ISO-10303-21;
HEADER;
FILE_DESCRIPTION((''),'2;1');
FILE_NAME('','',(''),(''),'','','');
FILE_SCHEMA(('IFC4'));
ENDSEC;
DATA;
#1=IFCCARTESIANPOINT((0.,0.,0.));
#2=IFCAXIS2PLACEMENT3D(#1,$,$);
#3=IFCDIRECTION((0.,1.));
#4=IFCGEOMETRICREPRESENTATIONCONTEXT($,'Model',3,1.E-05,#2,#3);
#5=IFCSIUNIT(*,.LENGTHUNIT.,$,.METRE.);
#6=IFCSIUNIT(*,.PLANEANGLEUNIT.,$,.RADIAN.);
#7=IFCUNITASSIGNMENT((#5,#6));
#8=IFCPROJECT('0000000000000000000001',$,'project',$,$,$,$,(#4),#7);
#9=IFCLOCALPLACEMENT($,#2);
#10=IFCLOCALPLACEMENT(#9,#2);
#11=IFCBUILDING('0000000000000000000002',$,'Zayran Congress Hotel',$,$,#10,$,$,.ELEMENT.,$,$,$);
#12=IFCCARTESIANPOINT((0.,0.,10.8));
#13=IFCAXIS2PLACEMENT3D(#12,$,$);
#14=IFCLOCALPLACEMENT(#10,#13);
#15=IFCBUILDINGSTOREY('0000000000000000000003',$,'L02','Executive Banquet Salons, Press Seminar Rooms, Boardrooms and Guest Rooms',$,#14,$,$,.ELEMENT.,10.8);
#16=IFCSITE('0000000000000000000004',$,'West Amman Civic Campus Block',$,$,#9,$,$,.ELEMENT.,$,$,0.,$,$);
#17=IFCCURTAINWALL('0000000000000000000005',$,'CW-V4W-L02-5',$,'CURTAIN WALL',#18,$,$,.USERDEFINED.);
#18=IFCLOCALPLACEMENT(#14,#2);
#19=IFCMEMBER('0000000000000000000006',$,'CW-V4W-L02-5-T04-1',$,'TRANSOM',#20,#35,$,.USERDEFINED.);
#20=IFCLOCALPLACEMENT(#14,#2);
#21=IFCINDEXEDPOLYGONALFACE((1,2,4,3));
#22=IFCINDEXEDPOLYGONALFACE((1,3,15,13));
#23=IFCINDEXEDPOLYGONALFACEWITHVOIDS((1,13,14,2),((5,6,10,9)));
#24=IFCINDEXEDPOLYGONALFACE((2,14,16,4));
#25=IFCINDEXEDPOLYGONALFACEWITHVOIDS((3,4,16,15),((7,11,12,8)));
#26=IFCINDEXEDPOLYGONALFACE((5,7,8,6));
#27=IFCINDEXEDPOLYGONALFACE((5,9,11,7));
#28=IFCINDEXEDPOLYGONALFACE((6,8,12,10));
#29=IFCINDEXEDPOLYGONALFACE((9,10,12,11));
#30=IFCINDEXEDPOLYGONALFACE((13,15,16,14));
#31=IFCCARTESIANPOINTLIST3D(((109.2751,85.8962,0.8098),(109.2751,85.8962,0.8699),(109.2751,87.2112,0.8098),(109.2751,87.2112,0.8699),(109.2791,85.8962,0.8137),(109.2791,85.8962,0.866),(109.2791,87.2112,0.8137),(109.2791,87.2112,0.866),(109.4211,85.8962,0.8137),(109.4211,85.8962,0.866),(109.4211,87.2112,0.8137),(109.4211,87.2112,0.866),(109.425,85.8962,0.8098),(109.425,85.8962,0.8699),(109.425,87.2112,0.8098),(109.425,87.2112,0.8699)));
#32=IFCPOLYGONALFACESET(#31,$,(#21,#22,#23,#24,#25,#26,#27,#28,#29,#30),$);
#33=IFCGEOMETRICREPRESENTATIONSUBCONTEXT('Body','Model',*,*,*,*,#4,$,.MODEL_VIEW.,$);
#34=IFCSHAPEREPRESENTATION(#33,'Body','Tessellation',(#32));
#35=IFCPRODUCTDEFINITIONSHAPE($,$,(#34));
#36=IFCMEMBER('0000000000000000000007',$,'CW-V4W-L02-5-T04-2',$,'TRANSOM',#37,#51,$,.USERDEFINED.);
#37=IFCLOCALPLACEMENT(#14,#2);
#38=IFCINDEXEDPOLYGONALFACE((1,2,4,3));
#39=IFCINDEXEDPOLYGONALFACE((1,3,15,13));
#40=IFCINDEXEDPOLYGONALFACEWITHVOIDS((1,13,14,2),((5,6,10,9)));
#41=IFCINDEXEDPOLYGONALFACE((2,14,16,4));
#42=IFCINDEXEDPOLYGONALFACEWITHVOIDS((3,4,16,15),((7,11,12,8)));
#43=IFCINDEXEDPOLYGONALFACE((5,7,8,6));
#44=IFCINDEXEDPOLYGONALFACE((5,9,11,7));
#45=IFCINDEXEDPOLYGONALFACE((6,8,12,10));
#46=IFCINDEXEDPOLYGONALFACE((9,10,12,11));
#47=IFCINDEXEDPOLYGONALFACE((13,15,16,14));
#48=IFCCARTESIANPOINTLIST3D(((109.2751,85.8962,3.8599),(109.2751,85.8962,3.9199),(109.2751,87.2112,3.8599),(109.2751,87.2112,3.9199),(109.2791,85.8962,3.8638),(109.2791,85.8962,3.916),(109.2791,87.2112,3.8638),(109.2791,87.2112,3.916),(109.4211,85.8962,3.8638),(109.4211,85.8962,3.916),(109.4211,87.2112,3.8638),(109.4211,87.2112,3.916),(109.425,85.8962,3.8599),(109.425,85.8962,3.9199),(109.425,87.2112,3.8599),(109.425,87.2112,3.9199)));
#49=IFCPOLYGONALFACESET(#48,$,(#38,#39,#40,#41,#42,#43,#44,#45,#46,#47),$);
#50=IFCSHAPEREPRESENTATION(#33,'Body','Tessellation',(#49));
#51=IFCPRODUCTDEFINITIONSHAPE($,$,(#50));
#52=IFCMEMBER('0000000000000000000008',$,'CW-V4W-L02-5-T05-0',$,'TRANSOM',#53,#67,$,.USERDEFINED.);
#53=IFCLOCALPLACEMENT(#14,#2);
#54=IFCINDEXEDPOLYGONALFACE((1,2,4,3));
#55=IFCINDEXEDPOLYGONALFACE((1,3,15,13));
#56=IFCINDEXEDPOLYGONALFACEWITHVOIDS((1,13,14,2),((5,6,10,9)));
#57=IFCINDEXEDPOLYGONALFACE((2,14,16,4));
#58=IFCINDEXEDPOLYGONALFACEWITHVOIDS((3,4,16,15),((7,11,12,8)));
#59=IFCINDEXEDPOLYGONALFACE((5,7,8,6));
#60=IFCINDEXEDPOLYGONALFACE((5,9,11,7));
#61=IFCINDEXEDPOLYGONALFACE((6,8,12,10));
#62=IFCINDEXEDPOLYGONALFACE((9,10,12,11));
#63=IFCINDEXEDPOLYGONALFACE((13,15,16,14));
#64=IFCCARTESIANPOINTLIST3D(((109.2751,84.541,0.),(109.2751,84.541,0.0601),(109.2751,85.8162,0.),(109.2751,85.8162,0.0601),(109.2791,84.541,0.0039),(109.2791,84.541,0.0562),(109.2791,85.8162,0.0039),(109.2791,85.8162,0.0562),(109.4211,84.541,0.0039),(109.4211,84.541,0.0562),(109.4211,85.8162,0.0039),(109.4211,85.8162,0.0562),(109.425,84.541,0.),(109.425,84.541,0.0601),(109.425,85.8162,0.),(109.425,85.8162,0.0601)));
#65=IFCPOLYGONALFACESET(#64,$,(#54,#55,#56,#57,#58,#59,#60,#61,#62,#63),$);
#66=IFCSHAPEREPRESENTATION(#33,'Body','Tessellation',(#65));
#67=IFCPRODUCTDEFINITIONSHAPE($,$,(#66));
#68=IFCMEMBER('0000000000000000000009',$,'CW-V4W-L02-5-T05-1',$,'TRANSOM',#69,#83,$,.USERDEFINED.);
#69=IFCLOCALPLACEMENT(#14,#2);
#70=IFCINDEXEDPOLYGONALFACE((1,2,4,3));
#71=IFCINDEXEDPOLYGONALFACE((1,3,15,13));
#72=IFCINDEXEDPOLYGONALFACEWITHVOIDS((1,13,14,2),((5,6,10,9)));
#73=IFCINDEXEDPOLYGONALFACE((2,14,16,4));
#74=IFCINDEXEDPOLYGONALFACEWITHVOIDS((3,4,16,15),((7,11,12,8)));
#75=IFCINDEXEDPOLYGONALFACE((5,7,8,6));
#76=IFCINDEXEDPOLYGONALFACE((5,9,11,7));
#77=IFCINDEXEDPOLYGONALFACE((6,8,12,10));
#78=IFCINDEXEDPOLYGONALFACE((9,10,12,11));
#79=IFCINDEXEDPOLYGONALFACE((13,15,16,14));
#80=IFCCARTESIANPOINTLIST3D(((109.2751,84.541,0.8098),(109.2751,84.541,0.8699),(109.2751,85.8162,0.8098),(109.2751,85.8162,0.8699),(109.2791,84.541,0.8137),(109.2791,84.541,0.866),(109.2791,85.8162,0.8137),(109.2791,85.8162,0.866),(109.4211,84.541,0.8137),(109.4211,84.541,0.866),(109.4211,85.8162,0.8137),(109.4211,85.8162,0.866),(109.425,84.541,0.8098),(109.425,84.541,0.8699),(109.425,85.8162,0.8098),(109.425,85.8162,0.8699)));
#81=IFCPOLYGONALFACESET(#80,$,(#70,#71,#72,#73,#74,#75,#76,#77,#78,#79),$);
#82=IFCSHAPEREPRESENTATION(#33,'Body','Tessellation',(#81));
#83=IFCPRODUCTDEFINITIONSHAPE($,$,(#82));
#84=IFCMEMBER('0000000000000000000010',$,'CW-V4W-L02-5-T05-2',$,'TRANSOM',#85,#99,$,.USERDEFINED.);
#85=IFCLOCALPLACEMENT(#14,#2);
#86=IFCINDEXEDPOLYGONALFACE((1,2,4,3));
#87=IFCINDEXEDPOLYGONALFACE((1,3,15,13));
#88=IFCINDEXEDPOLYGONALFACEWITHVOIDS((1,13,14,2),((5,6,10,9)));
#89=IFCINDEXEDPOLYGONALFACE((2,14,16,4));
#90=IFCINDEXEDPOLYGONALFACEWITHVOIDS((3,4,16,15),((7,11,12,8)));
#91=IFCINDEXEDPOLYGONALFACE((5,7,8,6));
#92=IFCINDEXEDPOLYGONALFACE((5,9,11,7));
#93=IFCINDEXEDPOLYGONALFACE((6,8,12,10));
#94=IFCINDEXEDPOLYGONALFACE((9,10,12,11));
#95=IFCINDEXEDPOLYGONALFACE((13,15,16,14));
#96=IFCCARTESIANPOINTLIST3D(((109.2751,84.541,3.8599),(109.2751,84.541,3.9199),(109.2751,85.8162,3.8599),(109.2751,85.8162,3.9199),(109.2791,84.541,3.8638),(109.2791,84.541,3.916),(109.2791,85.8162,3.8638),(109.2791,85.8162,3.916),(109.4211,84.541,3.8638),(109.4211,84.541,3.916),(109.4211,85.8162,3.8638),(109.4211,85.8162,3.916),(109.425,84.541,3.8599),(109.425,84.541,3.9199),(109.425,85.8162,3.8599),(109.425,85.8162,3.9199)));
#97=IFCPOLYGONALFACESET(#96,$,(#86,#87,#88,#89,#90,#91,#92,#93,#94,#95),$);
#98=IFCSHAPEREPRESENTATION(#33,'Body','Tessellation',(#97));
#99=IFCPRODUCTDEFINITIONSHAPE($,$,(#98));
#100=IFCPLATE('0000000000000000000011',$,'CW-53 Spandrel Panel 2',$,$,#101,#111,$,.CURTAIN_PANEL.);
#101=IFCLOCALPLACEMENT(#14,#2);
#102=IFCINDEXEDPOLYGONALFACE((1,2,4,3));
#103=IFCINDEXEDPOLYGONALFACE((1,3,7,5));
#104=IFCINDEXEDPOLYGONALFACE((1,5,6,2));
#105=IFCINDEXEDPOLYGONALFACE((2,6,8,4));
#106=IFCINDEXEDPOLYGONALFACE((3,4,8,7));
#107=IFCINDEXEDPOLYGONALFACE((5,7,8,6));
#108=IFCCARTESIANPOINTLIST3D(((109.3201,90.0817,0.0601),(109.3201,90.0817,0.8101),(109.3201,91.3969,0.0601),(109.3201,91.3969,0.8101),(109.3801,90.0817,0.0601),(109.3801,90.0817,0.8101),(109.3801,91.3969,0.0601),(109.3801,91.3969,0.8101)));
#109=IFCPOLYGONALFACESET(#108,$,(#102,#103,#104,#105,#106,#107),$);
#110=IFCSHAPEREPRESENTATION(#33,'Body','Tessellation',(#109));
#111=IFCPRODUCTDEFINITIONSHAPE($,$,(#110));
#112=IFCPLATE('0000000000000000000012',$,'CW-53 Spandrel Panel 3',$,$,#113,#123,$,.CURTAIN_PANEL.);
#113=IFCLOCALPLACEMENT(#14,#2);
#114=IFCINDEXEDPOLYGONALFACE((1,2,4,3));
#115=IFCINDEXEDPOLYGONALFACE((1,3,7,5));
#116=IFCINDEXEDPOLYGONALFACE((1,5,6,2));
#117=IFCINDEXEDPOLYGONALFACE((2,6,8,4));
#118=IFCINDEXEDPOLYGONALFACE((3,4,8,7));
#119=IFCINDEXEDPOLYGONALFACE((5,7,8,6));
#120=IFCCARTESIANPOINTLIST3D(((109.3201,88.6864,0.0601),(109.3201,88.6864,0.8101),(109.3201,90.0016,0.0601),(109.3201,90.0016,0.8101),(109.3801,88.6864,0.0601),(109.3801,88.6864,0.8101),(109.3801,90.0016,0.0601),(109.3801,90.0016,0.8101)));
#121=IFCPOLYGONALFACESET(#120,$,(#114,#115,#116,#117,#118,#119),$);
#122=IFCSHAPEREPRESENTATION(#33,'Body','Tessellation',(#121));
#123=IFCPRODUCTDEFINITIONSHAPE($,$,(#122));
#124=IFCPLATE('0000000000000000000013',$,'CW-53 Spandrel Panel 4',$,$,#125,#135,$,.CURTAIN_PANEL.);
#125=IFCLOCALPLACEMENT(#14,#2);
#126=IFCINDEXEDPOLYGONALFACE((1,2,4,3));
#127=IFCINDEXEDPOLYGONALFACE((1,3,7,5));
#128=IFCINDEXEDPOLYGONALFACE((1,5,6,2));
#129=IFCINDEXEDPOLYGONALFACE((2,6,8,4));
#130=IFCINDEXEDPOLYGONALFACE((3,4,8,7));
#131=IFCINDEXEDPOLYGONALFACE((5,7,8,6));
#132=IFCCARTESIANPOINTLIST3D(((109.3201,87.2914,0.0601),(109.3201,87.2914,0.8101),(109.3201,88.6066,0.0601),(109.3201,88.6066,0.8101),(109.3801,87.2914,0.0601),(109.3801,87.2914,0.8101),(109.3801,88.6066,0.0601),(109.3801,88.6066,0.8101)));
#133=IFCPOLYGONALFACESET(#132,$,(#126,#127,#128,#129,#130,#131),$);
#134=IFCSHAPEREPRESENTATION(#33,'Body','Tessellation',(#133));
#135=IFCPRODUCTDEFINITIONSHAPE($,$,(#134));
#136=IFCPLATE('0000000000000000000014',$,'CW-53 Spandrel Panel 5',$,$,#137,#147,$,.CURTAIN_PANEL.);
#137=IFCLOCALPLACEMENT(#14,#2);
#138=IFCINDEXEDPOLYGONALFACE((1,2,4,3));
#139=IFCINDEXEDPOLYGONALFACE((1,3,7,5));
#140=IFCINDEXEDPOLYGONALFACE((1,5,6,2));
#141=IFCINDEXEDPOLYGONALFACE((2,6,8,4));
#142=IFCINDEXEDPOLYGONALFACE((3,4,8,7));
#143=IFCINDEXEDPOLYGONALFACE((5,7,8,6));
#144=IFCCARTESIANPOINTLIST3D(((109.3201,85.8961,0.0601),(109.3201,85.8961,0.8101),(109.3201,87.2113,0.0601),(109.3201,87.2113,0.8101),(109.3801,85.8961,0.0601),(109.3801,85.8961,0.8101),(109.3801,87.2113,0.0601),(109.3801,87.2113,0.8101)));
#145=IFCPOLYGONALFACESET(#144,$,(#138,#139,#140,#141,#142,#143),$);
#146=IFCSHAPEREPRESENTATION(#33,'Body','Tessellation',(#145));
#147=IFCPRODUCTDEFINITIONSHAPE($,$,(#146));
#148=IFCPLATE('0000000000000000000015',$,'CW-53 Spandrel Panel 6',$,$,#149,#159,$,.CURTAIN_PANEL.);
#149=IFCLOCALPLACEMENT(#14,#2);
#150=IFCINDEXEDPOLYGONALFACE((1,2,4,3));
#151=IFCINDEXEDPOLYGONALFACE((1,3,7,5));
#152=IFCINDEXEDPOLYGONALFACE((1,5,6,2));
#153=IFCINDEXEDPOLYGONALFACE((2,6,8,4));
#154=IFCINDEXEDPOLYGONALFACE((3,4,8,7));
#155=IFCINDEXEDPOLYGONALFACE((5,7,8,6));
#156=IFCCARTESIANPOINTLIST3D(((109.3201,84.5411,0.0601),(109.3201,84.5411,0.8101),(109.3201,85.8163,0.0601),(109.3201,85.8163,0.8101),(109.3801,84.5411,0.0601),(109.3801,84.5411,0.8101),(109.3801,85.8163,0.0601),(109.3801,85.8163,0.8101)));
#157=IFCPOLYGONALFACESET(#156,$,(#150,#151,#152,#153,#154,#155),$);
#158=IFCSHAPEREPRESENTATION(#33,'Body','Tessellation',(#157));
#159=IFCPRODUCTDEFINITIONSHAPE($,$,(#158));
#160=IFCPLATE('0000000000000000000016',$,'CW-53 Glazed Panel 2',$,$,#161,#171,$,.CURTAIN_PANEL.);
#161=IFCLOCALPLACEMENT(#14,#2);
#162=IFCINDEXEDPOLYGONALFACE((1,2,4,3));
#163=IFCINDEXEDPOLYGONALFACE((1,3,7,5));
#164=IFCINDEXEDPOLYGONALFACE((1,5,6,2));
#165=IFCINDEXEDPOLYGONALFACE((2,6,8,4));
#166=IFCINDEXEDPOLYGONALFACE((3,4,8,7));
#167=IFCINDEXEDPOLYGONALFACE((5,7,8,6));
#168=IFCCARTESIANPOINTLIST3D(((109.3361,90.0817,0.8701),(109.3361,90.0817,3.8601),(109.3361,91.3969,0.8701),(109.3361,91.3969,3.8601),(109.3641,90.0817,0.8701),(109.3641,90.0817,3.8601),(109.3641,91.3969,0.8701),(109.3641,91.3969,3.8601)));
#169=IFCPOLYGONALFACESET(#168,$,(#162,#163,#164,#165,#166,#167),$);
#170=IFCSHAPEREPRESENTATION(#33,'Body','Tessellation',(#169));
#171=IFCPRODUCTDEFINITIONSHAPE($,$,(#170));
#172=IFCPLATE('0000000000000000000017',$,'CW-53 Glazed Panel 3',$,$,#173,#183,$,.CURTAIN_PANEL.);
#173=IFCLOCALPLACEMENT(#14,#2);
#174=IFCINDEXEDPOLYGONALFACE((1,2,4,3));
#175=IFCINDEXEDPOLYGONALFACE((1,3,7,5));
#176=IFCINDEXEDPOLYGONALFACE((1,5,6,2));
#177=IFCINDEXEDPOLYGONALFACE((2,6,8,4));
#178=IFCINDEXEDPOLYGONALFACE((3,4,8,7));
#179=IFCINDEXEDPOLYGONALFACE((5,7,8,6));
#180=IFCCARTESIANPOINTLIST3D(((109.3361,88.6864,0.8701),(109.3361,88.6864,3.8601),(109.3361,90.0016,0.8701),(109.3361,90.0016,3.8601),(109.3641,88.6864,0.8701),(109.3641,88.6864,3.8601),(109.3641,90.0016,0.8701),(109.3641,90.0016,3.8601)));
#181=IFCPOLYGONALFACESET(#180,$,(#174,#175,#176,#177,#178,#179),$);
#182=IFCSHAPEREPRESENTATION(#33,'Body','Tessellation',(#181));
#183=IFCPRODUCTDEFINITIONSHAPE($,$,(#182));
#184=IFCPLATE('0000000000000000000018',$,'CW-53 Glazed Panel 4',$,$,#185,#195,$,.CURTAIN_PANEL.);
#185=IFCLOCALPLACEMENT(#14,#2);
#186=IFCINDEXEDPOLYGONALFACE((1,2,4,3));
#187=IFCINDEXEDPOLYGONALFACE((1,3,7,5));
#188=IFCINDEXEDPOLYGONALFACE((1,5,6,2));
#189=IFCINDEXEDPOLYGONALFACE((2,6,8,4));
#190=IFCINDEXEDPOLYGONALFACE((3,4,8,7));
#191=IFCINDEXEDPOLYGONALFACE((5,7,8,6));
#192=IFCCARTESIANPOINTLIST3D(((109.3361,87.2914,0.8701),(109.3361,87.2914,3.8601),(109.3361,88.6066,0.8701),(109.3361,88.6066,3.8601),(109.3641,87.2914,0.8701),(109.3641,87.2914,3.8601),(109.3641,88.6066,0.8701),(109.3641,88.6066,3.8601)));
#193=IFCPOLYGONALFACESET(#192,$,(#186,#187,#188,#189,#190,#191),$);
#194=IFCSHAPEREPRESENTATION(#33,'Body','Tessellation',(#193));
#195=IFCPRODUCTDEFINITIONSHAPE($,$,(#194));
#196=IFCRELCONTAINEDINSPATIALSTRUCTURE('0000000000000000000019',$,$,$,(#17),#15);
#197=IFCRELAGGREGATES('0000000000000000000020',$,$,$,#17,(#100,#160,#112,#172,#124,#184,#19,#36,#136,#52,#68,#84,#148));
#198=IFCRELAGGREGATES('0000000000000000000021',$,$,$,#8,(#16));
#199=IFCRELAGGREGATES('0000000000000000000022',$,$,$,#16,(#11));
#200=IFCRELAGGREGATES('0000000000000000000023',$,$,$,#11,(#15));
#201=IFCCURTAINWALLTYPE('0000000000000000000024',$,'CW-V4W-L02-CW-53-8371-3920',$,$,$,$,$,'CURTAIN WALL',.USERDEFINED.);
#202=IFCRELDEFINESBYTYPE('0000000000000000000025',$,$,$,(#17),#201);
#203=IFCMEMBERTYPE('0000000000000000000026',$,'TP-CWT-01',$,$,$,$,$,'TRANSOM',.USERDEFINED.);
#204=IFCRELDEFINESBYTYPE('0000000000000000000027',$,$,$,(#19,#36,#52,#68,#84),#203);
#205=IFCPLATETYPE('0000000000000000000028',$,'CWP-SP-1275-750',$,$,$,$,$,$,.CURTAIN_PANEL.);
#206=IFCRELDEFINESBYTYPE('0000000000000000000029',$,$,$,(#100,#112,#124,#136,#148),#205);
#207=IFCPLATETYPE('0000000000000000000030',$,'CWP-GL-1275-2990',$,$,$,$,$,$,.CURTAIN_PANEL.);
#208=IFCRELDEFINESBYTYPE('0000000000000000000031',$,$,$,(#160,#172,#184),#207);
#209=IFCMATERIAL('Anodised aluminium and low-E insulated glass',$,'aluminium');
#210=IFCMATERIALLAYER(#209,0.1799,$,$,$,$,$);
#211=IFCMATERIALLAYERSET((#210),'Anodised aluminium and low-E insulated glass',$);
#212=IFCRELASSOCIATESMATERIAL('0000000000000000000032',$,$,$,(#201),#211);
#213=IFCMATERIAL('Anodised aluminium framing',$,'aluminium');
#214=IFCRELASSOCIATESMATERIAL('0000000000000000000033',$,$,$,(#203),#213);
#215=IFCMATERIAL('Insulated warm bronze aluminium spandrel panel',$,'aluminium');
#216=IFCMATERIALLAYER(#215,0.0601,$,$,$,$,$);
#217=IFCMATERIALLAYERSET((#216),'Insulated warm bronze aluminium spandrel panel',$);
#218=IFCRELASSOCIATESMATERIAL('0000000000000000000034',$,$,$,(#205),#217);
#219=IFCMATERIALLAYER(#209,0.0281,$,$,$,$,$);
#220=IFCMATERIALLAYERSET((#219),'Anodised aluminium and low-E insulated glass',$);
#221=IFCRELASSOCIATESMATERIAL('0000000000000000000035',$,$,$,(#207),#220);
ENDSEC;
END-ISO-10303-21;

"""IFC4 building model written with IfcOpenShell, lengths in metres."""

from ifc_helpers import new_model, si_unit, direction, frame, origin, origin_2d, place, context, subcontext, project, spatial, rectangle, hollow_rectangle, extrude, material, layer, layer_set, material_profile, profile_set, type_object, element, aggregate, save


model = new_model("IFC4")

# Units and contexts
model_context = context("Model", 3, precision=1e-05, world=origin(), true_north=direction((0.0, 1.0)))
body_context = subcontext(model_context, "Body", "Model", "MODEL_VIEW")
ifc_project = project(units=[si_unit("LENGTHUNIT", "METRE"), si_unit("PLANEANGLEUNIT", "RADIAN")], contexts=[model_context])

# Site, building, storey
site_placement = place(None, origin())
site = spatial("IfcSite", under=ifc_project, at=site_placement, Name="West Amman Civic Campus Block", CompositionType="ELEMENT", RefElevation=0.0)
building_placement = place(site_placement, origin())
building = spatial("IfcBuilding", under=site, at=building_placement, Name="Zayran Congress Hotel", CompositionType="ELEMENT")
storey_placement = place(building_placement, frame((0.0, 0.0, 10.8)))
storey = spatial("IfcBuildingStorey", under=building, at=storey_placement, Name="L02", Description="Executive Banquet Salons, Press Seminar Rooms, Boardrooms and Guest Rooms", CompositionType="ELEMENT", Elevation=10.8)

# Curtain wall, members, plates
ifc_material_1 = material(Name="Anodised aluminium and low-E insulated glass", Category="aluminium")
ifc_layer_1 = layer(ifc_material_1, 0.1799)
ifc_layer_set_1 = layer_set([ifc_layer_1], Name="Anodised aluminium and low-E insulated glass")
curtain_wall_type = type_object("IfcCurtainWallType", Name="CW-V4W-L02-CW-53-8371-3920", ElementType="CURTAIN WALL", PredefinedType="USERDEFINED", material=ifc_layer_set_1)
curtain_wall_placement = place(storey_placement, origin())
curtain_wall = element("IfcCurtainWall", 1, at=curtain_wall_placement, inside=storey, type_object=curtain_wall_type, Name="CW-V4W-L02-5", ObjectType="CURTAIN WALL", PredefinedType="USERDEFINED")
ifc_material_2 = material(Name="Anodised aluminium framing", Category="aluminium")
ifc_material_profile_1 = material_profile(ifc_material_2, hollow_rectangle(XDim=0.0601, YDim=0.1499, WallThickness=0.0039, at=origin_2d()), Name="RHS 150x60x4")
ifc_profile_set_1 = profile_set([ifc_material_profile_1], Name="Anodised aluminium framing")
member_type_1 = type_object("IfcMemberType", Name="TP-CWT-01", ElementType="TRANSOM", PredefinedType="USERDEFINED", material=ifc_profile_set_1)
member_1_placement = place(storey_placement, frame((109.3501, 87.2112, 0.8398), z_axis=(0.0, -1.0, 0.0), x_axis=(0.0, 0.0, 1.0)))
member_1 = element("IfcMember", 2, at=member_1_placement, type_object=member_type_1, Name="CW-V4W-L02-5-T04-1", ObjectType="TRANSOM", PredefinedType="USERDEFINED", context=body_context, shape_type="SweptSolid", body=[
    extrude(hollow_rectangle(XDim=0.0601, YDim=0.1499, WallThickness=0.0039, at=origin_2d()), origin(), (0.0, 0.0, 1.0), 1.3149),
])
member_2_placement = place(storey_placement, frame((109.3501, 87.2112, 3.8899), z_axis=(0.0, -1.0, 0.0), x_axis=(0.0, 0.0, 1.0)))
member_2 = element("IfcMember", 3, at=member_2_placement, type_object=member_type_1, Name="CW-V4W-L02-5-T04-2", ObjectType="TRANSOM", PredefinedType="USERDEFINED", context=body_context, shape_type="SweptSolid", body=[
    extrude(hollow_rectangle(XDim=0.0601, YDim=0.1499, WallThickness=0.0039, at=origin_2d()), origin(), (0.0, 0.0, 1.0), 1.3149),
])
member_3_placement = place(storey_placement, frame((109.3501, 85.8162, 0.03), z_axis=(0.0, -1.0, 0.0), x_axis=(0.0, 0.0, 1.0)))
member_3 = element("IfcMember", 4, at=member_3_placement, type_object=member_type_1, Name="CW-V4W-L02-5-T05-0", ObjectType="TRANSOM", PredefinedType="USERDEFINED", context=body_context, shape_type="SweptSolid", body=[
    extrude(hollow_rectangle(XDim=0.0601, YDim=0.1499, WallThickness=0.0039, at=origin_2d()), origin(), (0.0, 0.0, 1.0), 1.2751),
])
member_4_placement = place(storey_placement, frame((109.3501, 85.8162, 0.8398), z_axis=(0.0, -1.0, 0.0), x_axis=(0.0, 0.0, 1.0)))
member_4 = element("IfcMember", 5, at=member_4_placement, type_object=member_type_1, Name="CW-V4W-L02-5-T05-1", ObjectType="TRANSOM", PredefinedType="USERDEFINED", context=body_context, shape_type="SweptSolid", body=[
    extrude(hollow_rectangle(XDim=0.0601, YDim=0.1499, WallThickness=0.0039, at=origin_2d()), origin(), (0.0, 0.0, 1.0), 1.2751),
])
member_5_placement = place(storey_placement, frame((109.3501, 85.8162, 3.8899), z_axis=(0.0, -1.0, 0.0), x_axis=(0.0, 0.0, 1.0)))
member_5 = element("IfcMember", 6, at=member_5_placement, type_object=member_type_1, Name="CW-V4W-L02-5-T05-2", ObjectType="TRANSOM", PredefinedType="USERDEFINED", context=body_context, shape_type="SweptSolid", body=[
    extrude(hollow_rectangle(XDim=0.0601, YDim=0.1499, WallThickness=0.0039, at=origin_2d()), origin(), (0.0, 0.0, 1.0), 1.2751),
])
ifc_material_3 = material(Name="Insulated warm bronze aluminium spandrel panel", Category="aluminium")
ifc_layer_2 = layer(ifc_material_3, 0.0601)
ifc_layer_set_2 = layer_set([ifc_layer_2], Name="Insulated warm bronze aluminium spandrel panel")
plate_type_1 = type_object("IfcPlateType", Name="CWP-SP-1275-750", PredefinedType="CURTAIN_PANEL", material=ifc_layer_set_2)
plate_1_placement = place(storey_placement, frame((109.3501, 90.7393, 0.0601), z_axis=(0.0, 0.0, 1.0), x_axis=(0.0, 1.0, 0.0)))
plate_1 = element("IfcPlate", 7, at=plate_1_placement, type_object=plate_type_1, Name="CW-53 Spandrel Panel 2", PredefinedType="CURTAIN_PANEL", context=body_context, shape_type="SweptSolid", body=[
    extrude(rectangle(XDim=1.3152, YDim=0.0601, at=origin_2d()), origin(), (0.0, 0.0, 1.0), 0.75),
])
plate_2_placement = place(storey_placement, frame((109.3501, 89.344, 0.0601), z_axis=(0.0, 0.0, 1.0), x_axis=(0.0, 1.0, 0.0)))
plate_2 = element("IfcPlate", 8, at=plate_2_placement, type_object=plate_type_1, Name="CW-53 Spandrel Panel 3", PredefinedType="CURTAIN_PANEL", context=body_context, shape_type="SweptSolid", body=[
    extrude(rectangle(XDim=1.3152, YDim=0.0601, at=origin_2d()), origin(), (0.0, 0.0, 1.0), 0.75),
])
plate_3_placement = place(storey_placement, frame((109.3501, 87.949, 0.0601), z_axis=(0.0, 0.0, 1.0), x_axis=(0.0, 1.0, 0.0)))
plate_3 = element("IfcPlate", 9, at=plate_3_placement, type_object=plate_type_1, Name="CW-53 Spandrel Panel 4", PredefinedType="CURTAIN_PANEL", context=body_context, shape_type="SweptSolid", body=[
    extrude(rectangle(XDim=1.3152, YDim=0.0601, at=origin_2d()), origin(), (0.0, 0.0, 1.0), 0.75),
])
plate_4_placement = place(storey_placement, frame((109.3501, 86.5537, 0.0601), z_axis=(0.0, 0.0, 1.0), x_axis=(0.0, 1.0, 0.0)))
plate_4 = element("IfcPlate", 10, at=plate_4_placement, type_object=plate_type_1, Name="CW-53 Spandrel Panel 5", PredefinedType="CURTAIN_PANEL", context=body_context, shape_type="SweptSolid", body=[
    extrude(rectangle(XDim=1.3152, YDim=0.0601, at=origin_2d()), origin(), (0.0, 0.0, 1.0), 0.75),
])
plate_5_placement = place(storey_placement, frame((109.3501, 85.1787, 0.0601), z_axis=(0.0, 0.0, 1.0), x_axis=(0.0, 1.0, 0.0)))
plate_5 = element("IfcPlate", 11, at=plate_5_placement, type_object=plate_type_1, Name="CW-53 Spandrel Panel 6", PredefinedType="CURTAIN_PANEL", context=body_context, shape_type="SweptSolid", body=[
    extrude(rectangle(XDim=1.2751, YDim=0.0601, at=origin_2d()), origin(), (0.0, 0.0, 1.0), 0.75),
])
ifc_layer_3 = layer(ifc_material_1, 0.0281)
ifc_layer_set_3 = layer_set([ifc_layer_3], Name="Anodised aluminium and low-E insulated glass")
plate_type_2 = type_object("IfcPlateType", Name="CWP-GL-1275-2990", PredefinedType="CURTAIN_PANEL", material=ifc_layer_set_3)
plate_6_placement = place(storey_placement, frame((109.3501, 90.7393, 0.8701), z_axis=(0.0, 0.0, 1.0), x_axis=(0.0, 1.0, 0.0)))
plate_6 = element("IfcPlate", 12, at=plate_6_placement, type_object=plate_type_2, Name="CW-53 Glazed Panel 2", PredefinedType="CURTAIN_PANEL", context=body_context, shape_type="SweptSolid", body=[
    extrude(rectangle(XDim=1.3152, YDim=0.0281, at=origin_2d()), origin(), (0.0, 0.0, 1.0), 2.99),
])
plate_7_placement = place(storey_placement, frame((109.3501, 89.344, 0.8701), z_axis=(0.0, 0.0, 1.0), x_axis=(0.0, 1.0, 0.0)))
plate_7 = element("IfcPlate", 13, at=plate_7_placement, type_object=plate_type_2, Name="CW-53 Glazed Panel 3", PredefinedType="CURTAIN_PANEL", context=body_context, shape_type="SweptSolid", body=[
    extrude(rectangle(XDim=1.3152, YDim=0.0281, at=origin_2d()), origin(), (0.0, 0.0, 1.0), 2.99),
])
plate_8_placement = place(storey_placement, frame((109.3501, 87.949, 0.8701), z_axis=(0.0, 0.0, 1.0), x_axis=(0.0, 1.0, 0.0)))
plate_8 = element("IfcPlate", 14, at=plate_8_placement, type_object=plate_type_2, Name="CW-53 Glazed Panel 4", PredefinedType="CURTAIN_PANEL", context=body_context, shape_type="SweptSolid", body=[
    extrude(rectangle(XDim=1.3152, YDim=0.0281, at=origin_2d()), origin(), (0.0, 0.0, 1.0), 2.99),
])
aggregate(curtain_wall, [plate_1, plate_6, plate_2, plate_7, plate_3, plate_8, member_1, member_2, plate_4, member_3, member_4, member_5, plate_5])

save(model, "model.ifc")
